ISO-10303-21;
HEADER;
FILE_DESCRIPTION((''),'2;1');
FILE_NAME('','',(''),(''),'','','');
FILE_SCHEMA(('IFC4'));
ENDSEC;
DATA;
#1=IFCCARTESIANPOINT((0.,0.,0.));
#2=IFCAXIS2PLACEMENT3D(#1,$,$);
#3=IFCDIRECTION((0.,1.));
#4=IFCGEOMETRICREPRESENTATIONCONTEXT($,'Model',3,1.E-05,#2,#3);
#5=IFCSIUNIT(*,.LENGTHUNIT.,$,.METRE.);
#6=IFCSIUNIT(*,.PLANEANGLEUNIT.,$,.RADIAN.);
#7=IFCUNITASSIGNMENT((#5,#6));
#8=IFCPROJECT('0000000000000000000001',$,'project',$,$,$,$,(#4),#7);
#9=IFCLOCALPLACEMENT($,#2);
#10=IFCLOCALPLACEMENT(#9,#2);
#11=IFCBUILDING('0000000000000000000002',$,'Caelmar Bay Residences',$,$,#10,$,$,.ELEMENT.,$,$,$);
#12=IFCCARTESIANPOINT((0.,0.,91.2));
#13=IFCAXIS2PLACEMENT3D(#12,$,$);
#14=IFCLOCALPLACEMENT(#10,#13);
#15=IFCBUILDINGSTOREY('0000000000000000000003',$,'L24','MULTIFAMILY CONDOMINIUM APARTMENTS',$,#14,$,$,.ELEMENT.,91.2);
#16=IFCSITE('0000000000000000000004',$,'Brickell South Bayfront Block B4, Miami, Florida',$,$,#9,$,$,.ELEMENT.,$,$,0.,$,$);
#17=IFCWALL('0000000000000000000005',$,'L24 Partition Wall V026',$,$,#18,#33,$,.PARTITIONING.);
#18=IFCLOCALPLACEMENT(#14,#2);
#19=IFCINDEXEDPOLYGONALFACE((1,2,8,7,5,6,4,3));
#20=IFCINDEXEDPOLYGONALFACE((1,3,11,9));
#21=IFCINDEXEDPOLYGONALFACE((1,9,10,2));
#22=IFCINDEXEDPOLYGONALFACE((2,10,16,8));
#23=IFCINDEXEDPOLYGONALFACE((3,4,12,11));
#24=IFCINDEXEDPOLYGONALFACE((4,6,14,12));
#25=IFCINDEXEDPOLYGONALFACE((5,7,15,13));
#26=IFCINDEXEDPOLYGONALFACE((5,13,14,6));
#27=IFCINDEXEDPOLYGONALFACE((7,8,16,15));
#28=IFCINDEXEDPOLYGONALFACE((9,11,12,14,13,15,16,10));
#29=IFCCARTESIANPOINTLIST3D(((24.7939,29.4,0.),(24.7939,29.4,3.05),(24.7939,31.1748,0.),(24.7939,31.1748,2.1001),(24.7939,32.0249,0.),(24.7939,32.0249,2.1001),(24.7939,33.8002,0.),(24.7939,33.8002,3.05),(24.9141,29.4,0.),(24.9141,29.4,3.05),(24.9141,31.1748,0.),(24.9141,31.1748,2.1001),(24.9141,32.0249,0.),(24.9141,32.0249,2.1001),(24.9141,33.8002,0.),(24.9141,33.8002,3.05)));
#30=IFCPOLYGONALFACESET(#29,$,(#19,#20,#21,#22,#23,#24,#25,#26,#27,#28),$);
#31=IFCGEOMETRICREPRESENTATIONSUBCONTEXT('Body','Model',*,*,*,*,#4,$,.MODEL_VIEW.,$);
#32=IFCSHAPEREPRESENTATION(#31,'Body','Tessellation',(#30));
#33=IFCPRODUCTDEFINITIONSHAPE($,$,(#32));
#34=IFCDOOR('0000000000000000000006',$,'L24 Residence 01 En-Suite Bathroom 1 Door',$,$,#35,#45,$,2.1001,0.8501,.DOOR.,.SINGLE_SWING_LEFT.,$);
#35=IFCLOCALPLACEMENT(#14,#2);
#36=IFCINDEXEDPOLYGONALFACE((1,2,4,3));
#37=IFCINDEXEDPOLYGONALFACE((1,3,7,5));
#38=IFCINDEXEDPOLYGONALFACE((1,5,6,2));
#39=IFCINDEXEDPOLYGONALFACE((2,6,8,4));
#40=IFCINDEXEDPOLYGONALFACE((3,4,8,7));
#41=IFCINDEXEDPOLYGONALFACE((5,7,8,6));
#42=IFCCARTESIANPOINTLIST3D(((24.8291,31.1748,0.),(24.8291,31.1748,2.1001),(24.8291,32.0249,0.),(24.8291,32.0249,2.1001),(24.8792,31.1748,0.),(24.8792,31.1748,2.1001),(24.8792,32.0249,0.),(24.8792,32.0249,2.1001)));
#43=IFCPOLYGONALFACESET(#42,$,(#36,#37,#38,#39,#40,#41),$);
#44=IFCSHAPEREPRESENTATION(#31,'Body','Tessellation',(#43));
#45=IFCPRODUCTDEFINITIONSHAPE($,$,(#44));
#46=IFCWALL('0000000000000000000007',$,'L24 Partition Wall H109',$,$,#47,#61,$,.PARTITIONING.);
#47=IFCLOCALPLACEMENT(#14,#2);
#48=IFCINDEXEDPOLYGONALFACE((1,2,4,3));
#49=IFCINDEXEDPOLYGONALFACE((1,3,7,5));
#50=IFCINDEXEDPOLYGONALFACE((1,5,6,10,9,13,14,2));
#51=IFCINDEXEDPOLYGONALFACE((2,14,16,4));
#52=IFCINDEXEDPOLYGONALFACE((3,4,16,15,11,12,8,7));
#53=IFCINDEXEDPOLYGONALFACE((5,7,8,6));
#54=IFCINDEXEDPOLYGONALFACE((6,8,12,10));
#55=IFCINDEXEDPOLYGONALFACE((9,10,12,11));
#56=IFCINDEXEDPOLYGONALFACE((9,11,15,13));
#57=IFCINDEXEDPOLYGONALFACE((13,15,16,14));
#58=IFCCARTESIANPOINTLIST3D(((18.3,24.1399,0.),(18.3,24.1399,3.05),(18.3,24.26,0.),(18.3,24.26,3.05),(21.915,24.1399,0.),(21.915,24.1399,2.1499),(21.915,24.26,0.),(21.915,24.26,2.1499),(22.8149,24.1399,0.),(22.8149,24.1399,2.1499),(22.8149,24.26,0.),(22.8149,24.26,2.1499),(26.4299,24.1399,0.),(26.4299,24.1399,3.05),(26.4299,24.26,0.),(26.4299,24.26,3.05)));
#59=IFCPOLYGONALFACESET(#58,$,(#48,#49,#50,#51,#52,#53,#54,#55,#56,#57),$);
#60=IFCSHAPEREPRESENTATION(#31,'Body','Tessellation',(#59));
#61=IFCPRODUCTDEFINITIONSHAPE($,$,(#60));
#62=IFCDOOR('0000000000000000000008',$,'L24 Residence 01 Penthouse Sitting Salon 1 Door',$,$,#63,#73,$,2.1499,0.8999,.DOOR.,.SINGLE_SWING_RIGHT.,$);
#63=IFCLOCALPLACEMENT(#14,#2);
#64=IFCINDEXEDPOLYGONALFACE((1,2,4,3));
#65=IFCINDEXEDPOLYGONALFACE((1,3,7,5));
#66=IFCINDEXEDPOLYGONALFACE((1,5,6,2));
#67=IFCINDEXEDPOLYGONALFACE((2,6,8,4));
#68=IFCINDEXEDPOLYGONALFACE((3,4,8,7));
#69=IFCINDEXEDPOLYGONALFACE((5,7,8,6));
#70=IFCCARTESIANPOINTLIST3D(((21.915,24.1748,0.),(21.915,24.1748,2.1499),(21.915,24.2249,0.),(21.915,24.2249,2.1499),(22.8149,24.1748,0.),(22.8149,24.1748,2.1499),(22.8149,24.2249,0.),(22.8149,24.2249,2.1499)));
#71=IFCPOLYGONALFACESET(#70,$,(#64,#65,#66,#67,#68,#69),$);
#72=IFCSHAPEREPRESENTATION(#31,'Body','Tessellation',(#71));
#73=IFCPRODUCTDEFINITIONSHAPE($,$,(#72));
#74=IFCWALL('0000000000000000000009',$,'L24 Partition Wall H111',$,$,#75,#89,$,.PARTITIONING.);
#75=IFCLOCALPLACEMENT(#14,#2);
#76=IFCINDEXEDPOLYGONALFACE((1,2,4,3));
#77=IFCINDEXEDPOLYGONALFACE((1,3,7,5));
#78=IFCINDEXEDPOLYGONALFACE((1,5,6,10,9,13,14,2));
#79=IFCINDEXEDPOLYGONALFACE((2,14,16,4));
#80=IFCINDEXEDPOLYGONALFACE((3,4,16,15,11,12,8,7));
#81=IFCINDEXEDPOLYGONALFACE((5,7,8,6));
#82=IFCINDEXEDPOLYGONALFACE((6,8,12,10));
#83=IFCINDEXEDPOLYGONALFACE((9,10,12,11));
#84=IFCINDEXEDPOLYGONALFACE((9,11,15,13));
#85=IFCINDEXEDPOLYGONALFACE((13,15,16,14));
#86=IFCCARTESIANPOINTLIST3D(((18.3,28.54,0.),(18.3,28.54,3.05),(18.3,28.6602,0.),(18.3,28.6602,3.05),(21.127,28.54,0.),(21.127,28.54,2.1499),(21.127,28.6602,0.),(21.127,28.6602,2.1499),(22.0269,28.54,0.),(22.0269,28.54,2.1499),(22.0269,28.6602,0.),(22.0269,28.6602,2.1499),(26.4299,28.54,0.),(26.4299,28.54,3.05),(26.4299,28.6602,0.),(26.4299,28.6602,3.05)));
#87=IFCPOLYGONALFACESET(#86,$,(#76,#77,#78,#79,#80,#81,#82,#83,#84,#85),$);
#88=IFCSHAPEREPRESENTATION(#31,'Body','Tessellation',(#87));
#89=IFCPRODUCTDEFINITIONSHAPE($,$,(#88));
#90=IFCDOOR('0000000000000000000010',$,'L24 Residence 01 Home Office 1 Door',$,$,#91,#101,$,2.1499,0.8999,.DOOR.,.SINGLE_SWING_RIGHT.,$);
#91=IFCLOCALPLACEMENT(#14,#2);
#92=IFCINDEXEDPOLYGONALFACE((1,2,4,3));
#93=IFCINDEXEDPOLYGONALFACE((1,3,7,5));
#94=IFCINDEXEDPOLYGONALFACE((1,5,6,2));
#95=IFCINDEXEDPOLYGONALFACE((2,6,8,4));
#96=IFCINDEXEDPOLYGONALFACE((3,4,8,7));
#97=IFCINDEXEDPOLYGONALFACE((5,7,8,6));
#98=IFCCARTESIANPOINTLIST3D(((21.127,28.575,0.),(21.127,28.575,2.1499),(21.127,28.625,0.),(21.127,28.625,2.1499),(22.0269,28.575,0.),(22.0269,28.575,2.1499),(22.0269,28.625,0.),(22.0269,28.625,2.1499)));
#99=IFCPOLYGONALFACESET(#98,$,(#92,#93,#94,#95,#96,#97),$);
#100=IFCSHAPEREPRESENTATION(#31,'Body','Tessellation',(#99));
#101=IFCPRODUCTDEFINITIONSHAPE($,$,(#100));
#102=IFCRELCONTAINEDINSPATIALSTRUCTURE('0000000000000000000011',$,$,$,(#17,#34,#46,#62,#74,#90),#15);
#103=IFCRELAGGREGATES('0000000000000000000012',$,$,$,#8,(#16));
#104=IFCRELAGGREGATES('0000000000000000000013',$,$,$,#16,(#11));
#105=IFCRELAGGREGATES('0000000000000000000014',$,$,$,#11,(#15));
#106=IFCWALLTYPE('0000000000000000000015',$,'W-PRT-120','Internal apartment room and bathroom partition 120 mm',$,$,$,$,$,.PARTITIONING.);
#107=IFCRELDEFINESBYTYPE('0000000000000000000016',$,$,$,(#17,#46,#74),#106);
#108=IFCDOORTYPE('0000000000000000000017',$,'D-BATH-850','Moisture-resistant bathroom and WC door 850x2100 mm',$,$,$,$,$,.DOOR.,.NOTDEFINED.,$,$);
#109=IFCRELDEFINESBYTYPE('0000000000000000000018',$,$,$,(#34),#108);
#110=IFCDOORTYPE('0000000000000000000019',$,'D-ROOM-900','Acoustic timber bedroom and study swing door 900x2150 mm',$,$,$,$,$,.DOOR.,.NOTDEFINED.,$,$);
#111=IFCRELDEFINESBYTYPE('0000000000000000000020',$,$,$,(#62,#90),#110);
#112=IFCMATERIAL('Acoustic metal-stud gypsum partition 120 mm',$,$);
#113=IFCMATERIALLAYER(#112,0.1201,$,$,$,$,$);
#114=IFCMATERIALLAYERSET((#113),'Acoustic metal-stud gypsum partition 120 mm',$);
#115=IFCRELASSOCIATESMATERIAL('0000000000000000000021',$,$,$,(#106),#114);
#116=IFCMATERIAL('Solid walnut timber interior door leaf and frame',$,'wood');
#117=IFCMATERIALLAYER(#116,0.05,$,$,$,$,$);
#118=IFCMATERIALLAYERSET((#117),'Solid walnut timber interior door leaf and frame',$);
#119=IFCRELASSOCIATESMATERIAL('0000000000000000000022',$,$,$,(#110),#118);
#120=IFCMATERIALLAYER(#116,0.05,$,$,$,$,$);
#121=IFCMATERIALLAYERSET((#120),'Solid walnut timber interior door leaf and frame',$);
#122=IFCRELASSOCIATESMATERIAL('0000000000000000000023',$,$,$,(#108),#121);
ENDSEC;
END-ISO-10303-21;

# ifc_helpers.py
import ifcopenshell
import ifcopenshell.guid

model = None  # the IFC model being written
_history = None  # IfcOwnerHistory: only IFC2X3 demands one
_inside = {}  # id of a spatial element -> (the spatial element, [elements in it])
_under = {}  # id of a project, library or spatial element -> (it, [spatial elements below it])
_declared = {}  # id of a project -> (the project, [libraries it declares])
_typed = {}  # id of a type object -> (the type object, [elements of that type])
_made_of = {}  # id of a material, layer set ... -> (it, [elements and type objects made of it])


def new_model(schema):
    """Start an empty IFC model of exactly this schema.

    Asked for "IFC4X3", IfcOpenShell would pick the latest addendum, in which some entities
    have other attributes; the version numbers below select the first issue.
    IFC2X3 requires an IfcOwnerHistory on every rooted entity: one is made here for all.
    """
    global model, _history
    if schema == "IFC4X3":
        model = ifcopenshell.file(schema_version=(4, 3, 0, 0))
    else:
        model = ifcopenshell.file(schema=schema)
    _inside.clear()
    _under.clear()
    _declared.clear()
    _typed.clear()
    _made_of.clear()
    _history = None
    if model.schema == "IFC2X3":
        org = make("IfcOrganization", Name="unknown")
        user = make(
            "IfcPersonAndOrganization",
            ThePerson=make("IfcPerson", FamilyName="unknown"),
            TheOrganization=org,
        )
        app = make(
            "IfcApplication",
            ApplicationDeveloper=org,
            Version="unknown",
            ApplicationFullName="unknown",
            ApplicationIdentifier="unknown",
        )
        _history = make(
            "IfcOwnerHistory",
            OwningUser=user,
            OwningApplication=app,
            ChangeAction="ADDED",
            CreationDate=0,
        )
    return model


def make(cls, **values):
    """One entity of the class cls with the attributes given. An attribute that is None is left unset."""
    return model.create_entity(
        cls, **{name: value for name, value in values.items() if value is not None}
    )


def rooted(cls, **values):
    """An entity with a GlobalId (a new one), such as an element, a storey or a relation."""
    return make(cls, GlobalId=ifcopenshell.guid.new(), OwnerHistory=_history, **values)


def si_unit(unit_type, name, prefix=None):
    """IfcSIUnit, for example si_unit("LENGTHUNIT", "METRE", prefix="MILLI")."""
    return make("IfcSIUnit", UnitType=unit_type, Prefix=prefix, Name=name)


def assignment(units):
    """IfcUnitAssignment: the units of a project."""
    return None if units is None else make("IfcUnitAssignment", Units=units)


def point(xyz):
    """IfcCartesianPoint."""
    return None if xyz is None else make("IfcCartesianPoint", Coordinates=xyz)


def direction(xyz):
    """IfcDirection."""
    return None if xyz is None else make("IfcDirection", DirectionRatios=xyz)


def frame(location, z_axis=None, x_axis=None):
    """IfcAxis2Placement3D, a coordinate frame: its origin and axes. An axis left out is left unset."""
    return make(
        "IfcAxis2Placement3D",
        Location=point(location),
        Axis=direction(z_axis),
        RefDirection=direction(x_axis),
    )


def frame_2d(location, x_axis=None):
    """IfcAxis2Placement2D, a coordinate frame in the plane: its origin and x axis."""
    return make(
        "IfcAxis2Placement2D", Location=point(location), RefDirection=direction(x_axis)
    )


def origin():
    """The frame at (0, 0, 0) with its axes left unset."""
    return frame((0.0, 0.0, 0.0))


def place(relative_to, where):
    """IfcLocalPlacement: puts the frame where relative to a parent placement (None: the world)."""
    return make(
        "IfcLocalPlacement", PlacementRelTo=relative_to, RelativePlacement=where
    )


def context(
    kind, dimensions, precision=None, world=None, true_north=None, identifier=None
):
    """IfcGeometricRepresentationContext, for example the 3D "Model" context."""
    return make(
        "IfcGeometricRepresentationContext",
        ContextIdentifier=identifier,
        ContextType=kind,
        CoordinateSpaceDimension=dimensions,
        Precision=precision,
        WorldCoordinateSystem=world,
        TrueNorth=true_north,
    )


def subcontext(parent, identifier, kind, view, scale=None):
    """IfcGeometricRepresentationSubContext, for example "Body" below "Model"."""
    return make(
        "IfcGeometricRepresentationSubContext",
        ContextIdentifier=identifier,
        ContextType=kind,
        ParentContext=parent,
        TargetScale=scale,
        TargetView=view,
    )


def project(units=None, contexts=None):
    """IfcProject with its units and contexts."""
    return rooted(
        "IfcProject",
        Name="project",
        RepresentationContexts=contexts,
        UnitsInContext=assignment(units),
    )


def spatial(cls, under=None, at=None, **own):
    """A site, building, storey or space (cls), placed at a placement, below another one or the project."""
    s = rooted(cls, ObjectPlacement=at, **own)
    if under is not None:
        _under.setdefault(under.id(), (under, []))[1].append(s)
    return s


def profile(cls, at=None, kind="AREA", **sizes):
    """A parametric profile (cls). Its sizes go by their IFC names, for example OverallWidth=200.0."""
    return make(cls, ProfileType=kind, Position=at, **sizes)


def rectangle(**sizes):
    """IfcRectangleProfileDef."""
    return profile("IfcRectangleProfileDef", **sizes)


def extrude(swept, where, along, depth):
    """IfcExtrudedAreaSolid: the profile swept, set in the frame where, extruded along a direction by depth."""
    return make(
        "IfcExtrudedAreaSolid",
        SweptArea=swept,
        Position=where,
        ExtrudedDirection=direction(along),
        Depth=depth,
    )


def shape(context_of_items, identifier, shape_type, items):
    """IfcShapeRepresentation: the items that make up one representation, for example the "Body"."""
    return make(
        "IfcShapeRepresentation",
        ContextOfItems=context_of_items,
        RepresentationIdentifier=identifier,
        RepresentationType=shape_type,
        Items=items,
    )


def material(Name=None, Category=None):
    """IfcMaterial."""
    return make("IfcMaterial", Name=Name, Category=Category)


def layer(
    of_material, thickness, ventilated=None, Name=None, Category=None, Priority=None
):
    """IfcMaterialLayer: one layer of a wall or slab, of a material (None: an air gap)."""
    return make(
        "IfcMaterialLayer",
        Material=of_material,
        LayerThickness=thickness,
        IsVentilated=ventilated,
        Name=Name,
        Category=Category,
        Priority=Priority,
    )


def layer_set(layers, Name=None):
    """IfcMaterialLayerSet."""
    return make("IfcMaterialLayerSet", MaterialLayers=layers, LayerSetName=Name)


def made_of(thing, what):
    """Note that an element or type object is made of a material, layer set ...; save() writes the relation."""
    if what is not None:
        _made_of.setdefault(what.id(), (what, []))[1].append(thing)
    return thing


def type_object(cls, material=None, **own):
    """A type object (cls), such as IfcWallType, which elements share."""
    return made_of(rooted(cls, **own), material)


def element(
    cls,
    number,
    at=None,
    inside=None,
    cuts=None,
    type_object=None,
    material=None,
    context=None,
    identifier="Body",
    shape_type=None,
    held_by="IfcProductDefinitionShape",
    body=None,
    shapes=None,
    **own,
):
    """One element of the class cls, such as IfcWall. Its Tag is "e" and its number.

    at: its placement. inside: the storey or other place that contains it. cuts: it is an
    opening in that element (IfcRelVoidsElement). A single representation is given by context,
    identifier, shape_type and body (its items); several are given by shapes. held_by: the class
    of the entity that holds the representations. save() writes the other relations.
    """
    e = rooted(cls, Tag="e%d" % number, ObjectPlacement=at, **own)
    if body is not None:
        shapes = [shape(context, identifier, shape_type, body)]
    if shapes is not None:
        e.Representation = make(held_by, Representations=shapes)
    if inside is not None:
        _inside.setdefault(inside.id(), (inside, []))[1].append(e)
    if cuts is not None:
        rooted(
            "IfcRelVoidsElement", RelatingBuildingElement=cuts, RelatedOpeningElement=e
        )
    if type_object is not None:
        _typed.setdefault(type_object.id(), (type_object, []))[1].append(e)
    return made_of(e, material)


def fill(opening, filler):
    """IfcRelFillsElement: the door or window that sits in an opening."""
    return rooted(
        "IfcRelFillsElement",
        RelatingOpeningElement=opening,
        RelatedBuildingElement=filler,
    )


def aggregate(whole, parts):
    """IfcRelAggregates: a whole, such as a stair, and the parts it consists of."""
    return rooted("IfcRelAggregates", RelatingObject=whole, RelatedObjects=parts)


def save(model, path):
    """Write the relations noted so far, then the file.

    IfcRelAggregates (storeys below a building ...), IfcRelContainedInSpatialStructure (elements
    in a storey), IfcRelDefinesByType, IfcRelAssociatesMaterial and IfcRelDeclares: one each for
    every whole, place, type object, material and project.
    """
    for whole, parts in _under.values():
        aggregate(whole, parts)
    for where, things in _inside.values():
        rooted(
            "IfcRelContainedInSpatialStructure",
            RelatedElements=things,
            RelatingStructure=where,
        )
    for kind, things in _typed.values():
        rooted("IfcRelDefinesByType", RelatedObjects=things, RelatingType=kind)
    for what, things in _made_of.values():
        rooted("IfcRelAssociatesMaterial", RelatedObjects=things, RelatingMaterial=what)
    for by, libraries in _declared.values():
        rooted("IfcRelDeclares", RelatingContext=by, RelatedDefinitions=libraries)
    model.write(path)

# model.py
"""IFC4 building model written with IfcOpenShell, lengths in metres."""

from ifc_helpers import new_model, si_unit, direction, frame, frame_2d, origin, place, context, subcontext, project, spatial, rectangle, extrude, material, layer, layer_set, type_object, element, fill, save


model = new_model("IFC4")

# Units and contexts
model_context = context("Model", 3, precision=1e-05, world=origin(), true_north=direction((0.0, 1.0)))
body_context = subcontext(model_context, "Body", "Model", "MODEL_VIEW")
ifc_project = project(units=[si_unit("LENGTHUNIT", "METRE"), si_unit("PLANEANGLEUNIT", "RADIAN")], contexts=[model_context])

# Site, building, storey
site_placement = place(None, origin())
site = spatial("IfcSite", under=ifc_project, at=site_placement, Name="Brickell South Bayfront Block B4, Miami, Florida", CompositionType="ELEMENT", RefElevation=0.0)
building_placement = place(site_placement, origin())
building = spatial("IfcBuilding", under=site, at=building_placement, Name="Caelmar Bay Residences", CompositionType="ELEMENT")
storey_placement = place(building_placement, frame((0.0, 0.0, 91.2)))
storey = spatial("IfcBuildingStorey", under=building, at=storey_placement, Name="L24", Description="MULTIFAMILY CONDOMINIUM APARTMENTS", CompositionType="ELEMENT", Elevation=91.2)

# Shared definitions
ifc_material_1 = material(Name="Acoustic metal-stud gypsum partition 120 mm")
ifc_layer_1 = layer(ifc_material_1, 0.1201)
ifc_layer_set_1 = layer_set([ifc_layer_1], Name="Acoustic metal-stud gypsum partition 120 mm")
wall_type_1 = type_object("IfcWallType", Name="W-PRT-120", Description="Internal apartment room and bathroom partition 120 mm", PredefinedType="PARTITIONING", material=ifc_layer_set_1)

# Shared definitions
ifc_material_2 = material(Name="Solid walnut timber interior door leaf and frame", Category="wood")
ifc_layer_2 = layer(ifc_material_2, 0.05)
ifc_layer_set_2 = layer_set([ifc_layer_2], Name="Solid walnut timber interior door leaf and frame")
door_type_1 = type_object("IfcDoorType", Name="D-ROOM-900", Description="Acoustic timber bedroom and study swing door 900x2150 mm", OperationType="NOTDEFINED", PredefinedType="DOOR", material=ifc_layer_set_2)

# Walls, openings, doors
wall_1_placement = place(storey_placement, frame((24.854, 29.3999, 0.0), z_axis=(0.0, 0.0, 1.0), x_axis=(0.0, 1.0, 0.0)))
wall_1 = element("IfcWall", 1, at=wall_1_placement, inside=storey, type_object=wall_type_1, Name="L24 Partition Wall V026", PredefinedType="PARTITIONING", context=body_context, shape_type="SweptSolid", body=[
    extrude(rectangle(XDim=4.4001, YDim=0.1201, at=frame_2d((2.2002, 0.0))), origin(), (0.0, 0.0, 1.0), 3.05),
])
opening_1_placement = place(wall_1_placement, frame((1.7749, 0.0, 0.0)))
opening_1 = element("IfcOpeningElement", 2, at=opening_1_placement, cuts=wall_1, PredefinedType="OPENING", context=body_context, shape_type="SweptSolid", body=[
    extrude(rectangle(XDim=0.8501, YDim=2.1001, at=frame_2d((0.425, 1.05))), frame((0.0, 0.0701, 0.0), z_axis=(0.0, -1.0, 0.0), x_axis=(1.0, 0.0, 0.0)), (0.0, 0.0, 1.0), 0.1401),
])
ifc_layer_3 = layer(ifc_material_2, 0.05)
ifc_layer_set_3 = layer_set([ifc_layer_3], Name="Solid walnut timber interior door leaf and frame")
door_type_2 = type_object("IfcDoorType", Name="D-BATH-850", Description="Moisture-resistant bathroom and WC door 850x2100 mm", OperationType="NOTDEFINED", PredefinedType="DOOR", material=ifc_layer_set_3)
door_1_placement = place(opening_1_placement, origin())
door_1 = element("IfcDoor", 3, at=door_1_placement, inside=storey, type_object=door_type_2, Name="L24 Residence 01 En-Suite Bathroom 1 Door", OperationType="SINGLE_SWING_LEFT", OverallHeight=2.1001, OverallWidth=0.8501, PredefinedType="DOOR", context=body_context, shape_type="SweptSolid", body=[
    extrude(rectangle(XDim=0.8501, YDim=2.1001, at=frame_2d((0.425, 1.05))), frame((0.0, 0.0249, 0.0), z_axis=(0.0, -1.0, 0.0), x_axis=(1.0, 0.0, 0.0)), (0.0, 0.0, 1.0), 0.05),
])
fill(opening_1, door_1)
wall_2_placement = place(storey_placement, frame((18.3, 24.2, 0.0), z_axis=(0.0, 0.0, 1.0), x_axis=(1.0, 0.0, 0.0)))
wall_2 = element("IfcWall", 4, at=wall_2_placement, inside=storey, type_object=wall_type_1, Name="L24 Partition Wall H109", PredefinedType="PARTITIONING", context=body_context, shape_type="SweptSolid", body=[
    extrude(rectangle(XDim=8.1299, YDim=0.1201, at=frame_2d((4.0649, 0.0))), origin(), (0.0, 0.0, 1.0), 3.05),
])
opening_2_placement = place(wall_2_placement, frame((3.615, 0.0, 0.0)))
opening_2 = element("IfcOpeningElement", 5, at=opening_2_placement, cuts=wall_2, PredefinedType="OPENING", context=body_context, shape_type="SweptSolid", body=[
    extrude(rectangle(XDim=0.8999, YDim=2.1499, at=frame_2d((0.45, 1.075))), frame((0.0, 0.0701, 0.0), z_axis=(0.0, -1.0, 0.0), x_axis=(1.0, 0.0, 0.0)), (0.0, 0.0, 1.0), 0.1401),
])
door_2_placement = place(opening_2_placement, origin())
door_2 = element("IfcDoor", 6, at=door_2_placement, inside=storey, type_object=door_type_1, Name="L24 Residence 01 Penthouse Sitting Salon 1 Door", OperationType="SINGLE_SWING_RIGHT", OverallHeight=2.1499, OverallWidth=0.8999, PredefinedType="DOOR", context=body_context, shape_type="SweptSolid", body=[
    extrude(rectangle(XDim=0.8999, YDim=2.1499, at=frame_2d((0.45, 1.075))), frame((0.0, 0.0249, 0.0), z_axis=(0.0, -1.0, 0.0), x_axis=(1.0, 0.0, 0.0)), (0.0, 0.0, 1.0), 0.05),
])
fill(opening_2, door_2)
wall_3_placement = place(storey_placement, frame((18.3, 28.6001, 0.0), z_axis=(0.0, 0.0, 1.0), x_axis=(1.0, 0.0, 0.0)))
wall_3 = element("IfcWall", 7, at=wall_3_placement, inside=storey, type_object=wall_type_1, Name="L24 Partition Wall H111", PredefinedType="PARTITIONING", context=body_context, shape_type="SweptSolid", body=[
    extrude(rectangle(XDim=8.1299, YDim=0.1201, at=frame_2d((4.0649, 0.0))), origin(), (0.0, 0.0, 1.0), 3.05),
])
opening_3_placement = place(wall_3_placement, frame((2.8269, 0.0, 0.0)))
opening_3 = element("IfcOpeningElement", 8, at=opening_3_placement, cuts=wall_3, PredefinedType="OPENING", context=body_context, shape_type="SweptSolid", body=[
    extrude(rectangle(XDim=0.8999, YDim=2.1499, at=frame_2d((0.45, 1.075))), frame((0.0, 0.0701, 0.0), z_axis=(0.0, -1.0, 0.0), x_axis=(1.0, 0.0, 0.0)), (0.0, 0.0, 1.0), 0.1401),
])
door_3_placement = place(opening_3_placement, origin())
door_3 = element("IfcDoor", 9, at=door_3_placement, inside=storey, type_object=door_type_1, Name="L24 Residence 01 Home Office 1 Door", OperationType="SINGLE_SWING_RIGHT", OverallHeight=2.1499, OverallWidth=0.8999, PredefinedType="DOOR", context=body_context, shape_type="SweptSolid", body=[
    extrude(rectangle(XDim=0.8999, YDim=2.1499, at=frame_2d((0.45, 1.075))), frame((0.0, 0.0249, 0.0), z_axis=(0.0, -1.0, 0.0), x_axis=(1.0, 0.0, 0.0)), (0.0, 0.0, 1.0), 0.05),
])
fill(opening_3, door_3)

save(model, "model.ifc")
